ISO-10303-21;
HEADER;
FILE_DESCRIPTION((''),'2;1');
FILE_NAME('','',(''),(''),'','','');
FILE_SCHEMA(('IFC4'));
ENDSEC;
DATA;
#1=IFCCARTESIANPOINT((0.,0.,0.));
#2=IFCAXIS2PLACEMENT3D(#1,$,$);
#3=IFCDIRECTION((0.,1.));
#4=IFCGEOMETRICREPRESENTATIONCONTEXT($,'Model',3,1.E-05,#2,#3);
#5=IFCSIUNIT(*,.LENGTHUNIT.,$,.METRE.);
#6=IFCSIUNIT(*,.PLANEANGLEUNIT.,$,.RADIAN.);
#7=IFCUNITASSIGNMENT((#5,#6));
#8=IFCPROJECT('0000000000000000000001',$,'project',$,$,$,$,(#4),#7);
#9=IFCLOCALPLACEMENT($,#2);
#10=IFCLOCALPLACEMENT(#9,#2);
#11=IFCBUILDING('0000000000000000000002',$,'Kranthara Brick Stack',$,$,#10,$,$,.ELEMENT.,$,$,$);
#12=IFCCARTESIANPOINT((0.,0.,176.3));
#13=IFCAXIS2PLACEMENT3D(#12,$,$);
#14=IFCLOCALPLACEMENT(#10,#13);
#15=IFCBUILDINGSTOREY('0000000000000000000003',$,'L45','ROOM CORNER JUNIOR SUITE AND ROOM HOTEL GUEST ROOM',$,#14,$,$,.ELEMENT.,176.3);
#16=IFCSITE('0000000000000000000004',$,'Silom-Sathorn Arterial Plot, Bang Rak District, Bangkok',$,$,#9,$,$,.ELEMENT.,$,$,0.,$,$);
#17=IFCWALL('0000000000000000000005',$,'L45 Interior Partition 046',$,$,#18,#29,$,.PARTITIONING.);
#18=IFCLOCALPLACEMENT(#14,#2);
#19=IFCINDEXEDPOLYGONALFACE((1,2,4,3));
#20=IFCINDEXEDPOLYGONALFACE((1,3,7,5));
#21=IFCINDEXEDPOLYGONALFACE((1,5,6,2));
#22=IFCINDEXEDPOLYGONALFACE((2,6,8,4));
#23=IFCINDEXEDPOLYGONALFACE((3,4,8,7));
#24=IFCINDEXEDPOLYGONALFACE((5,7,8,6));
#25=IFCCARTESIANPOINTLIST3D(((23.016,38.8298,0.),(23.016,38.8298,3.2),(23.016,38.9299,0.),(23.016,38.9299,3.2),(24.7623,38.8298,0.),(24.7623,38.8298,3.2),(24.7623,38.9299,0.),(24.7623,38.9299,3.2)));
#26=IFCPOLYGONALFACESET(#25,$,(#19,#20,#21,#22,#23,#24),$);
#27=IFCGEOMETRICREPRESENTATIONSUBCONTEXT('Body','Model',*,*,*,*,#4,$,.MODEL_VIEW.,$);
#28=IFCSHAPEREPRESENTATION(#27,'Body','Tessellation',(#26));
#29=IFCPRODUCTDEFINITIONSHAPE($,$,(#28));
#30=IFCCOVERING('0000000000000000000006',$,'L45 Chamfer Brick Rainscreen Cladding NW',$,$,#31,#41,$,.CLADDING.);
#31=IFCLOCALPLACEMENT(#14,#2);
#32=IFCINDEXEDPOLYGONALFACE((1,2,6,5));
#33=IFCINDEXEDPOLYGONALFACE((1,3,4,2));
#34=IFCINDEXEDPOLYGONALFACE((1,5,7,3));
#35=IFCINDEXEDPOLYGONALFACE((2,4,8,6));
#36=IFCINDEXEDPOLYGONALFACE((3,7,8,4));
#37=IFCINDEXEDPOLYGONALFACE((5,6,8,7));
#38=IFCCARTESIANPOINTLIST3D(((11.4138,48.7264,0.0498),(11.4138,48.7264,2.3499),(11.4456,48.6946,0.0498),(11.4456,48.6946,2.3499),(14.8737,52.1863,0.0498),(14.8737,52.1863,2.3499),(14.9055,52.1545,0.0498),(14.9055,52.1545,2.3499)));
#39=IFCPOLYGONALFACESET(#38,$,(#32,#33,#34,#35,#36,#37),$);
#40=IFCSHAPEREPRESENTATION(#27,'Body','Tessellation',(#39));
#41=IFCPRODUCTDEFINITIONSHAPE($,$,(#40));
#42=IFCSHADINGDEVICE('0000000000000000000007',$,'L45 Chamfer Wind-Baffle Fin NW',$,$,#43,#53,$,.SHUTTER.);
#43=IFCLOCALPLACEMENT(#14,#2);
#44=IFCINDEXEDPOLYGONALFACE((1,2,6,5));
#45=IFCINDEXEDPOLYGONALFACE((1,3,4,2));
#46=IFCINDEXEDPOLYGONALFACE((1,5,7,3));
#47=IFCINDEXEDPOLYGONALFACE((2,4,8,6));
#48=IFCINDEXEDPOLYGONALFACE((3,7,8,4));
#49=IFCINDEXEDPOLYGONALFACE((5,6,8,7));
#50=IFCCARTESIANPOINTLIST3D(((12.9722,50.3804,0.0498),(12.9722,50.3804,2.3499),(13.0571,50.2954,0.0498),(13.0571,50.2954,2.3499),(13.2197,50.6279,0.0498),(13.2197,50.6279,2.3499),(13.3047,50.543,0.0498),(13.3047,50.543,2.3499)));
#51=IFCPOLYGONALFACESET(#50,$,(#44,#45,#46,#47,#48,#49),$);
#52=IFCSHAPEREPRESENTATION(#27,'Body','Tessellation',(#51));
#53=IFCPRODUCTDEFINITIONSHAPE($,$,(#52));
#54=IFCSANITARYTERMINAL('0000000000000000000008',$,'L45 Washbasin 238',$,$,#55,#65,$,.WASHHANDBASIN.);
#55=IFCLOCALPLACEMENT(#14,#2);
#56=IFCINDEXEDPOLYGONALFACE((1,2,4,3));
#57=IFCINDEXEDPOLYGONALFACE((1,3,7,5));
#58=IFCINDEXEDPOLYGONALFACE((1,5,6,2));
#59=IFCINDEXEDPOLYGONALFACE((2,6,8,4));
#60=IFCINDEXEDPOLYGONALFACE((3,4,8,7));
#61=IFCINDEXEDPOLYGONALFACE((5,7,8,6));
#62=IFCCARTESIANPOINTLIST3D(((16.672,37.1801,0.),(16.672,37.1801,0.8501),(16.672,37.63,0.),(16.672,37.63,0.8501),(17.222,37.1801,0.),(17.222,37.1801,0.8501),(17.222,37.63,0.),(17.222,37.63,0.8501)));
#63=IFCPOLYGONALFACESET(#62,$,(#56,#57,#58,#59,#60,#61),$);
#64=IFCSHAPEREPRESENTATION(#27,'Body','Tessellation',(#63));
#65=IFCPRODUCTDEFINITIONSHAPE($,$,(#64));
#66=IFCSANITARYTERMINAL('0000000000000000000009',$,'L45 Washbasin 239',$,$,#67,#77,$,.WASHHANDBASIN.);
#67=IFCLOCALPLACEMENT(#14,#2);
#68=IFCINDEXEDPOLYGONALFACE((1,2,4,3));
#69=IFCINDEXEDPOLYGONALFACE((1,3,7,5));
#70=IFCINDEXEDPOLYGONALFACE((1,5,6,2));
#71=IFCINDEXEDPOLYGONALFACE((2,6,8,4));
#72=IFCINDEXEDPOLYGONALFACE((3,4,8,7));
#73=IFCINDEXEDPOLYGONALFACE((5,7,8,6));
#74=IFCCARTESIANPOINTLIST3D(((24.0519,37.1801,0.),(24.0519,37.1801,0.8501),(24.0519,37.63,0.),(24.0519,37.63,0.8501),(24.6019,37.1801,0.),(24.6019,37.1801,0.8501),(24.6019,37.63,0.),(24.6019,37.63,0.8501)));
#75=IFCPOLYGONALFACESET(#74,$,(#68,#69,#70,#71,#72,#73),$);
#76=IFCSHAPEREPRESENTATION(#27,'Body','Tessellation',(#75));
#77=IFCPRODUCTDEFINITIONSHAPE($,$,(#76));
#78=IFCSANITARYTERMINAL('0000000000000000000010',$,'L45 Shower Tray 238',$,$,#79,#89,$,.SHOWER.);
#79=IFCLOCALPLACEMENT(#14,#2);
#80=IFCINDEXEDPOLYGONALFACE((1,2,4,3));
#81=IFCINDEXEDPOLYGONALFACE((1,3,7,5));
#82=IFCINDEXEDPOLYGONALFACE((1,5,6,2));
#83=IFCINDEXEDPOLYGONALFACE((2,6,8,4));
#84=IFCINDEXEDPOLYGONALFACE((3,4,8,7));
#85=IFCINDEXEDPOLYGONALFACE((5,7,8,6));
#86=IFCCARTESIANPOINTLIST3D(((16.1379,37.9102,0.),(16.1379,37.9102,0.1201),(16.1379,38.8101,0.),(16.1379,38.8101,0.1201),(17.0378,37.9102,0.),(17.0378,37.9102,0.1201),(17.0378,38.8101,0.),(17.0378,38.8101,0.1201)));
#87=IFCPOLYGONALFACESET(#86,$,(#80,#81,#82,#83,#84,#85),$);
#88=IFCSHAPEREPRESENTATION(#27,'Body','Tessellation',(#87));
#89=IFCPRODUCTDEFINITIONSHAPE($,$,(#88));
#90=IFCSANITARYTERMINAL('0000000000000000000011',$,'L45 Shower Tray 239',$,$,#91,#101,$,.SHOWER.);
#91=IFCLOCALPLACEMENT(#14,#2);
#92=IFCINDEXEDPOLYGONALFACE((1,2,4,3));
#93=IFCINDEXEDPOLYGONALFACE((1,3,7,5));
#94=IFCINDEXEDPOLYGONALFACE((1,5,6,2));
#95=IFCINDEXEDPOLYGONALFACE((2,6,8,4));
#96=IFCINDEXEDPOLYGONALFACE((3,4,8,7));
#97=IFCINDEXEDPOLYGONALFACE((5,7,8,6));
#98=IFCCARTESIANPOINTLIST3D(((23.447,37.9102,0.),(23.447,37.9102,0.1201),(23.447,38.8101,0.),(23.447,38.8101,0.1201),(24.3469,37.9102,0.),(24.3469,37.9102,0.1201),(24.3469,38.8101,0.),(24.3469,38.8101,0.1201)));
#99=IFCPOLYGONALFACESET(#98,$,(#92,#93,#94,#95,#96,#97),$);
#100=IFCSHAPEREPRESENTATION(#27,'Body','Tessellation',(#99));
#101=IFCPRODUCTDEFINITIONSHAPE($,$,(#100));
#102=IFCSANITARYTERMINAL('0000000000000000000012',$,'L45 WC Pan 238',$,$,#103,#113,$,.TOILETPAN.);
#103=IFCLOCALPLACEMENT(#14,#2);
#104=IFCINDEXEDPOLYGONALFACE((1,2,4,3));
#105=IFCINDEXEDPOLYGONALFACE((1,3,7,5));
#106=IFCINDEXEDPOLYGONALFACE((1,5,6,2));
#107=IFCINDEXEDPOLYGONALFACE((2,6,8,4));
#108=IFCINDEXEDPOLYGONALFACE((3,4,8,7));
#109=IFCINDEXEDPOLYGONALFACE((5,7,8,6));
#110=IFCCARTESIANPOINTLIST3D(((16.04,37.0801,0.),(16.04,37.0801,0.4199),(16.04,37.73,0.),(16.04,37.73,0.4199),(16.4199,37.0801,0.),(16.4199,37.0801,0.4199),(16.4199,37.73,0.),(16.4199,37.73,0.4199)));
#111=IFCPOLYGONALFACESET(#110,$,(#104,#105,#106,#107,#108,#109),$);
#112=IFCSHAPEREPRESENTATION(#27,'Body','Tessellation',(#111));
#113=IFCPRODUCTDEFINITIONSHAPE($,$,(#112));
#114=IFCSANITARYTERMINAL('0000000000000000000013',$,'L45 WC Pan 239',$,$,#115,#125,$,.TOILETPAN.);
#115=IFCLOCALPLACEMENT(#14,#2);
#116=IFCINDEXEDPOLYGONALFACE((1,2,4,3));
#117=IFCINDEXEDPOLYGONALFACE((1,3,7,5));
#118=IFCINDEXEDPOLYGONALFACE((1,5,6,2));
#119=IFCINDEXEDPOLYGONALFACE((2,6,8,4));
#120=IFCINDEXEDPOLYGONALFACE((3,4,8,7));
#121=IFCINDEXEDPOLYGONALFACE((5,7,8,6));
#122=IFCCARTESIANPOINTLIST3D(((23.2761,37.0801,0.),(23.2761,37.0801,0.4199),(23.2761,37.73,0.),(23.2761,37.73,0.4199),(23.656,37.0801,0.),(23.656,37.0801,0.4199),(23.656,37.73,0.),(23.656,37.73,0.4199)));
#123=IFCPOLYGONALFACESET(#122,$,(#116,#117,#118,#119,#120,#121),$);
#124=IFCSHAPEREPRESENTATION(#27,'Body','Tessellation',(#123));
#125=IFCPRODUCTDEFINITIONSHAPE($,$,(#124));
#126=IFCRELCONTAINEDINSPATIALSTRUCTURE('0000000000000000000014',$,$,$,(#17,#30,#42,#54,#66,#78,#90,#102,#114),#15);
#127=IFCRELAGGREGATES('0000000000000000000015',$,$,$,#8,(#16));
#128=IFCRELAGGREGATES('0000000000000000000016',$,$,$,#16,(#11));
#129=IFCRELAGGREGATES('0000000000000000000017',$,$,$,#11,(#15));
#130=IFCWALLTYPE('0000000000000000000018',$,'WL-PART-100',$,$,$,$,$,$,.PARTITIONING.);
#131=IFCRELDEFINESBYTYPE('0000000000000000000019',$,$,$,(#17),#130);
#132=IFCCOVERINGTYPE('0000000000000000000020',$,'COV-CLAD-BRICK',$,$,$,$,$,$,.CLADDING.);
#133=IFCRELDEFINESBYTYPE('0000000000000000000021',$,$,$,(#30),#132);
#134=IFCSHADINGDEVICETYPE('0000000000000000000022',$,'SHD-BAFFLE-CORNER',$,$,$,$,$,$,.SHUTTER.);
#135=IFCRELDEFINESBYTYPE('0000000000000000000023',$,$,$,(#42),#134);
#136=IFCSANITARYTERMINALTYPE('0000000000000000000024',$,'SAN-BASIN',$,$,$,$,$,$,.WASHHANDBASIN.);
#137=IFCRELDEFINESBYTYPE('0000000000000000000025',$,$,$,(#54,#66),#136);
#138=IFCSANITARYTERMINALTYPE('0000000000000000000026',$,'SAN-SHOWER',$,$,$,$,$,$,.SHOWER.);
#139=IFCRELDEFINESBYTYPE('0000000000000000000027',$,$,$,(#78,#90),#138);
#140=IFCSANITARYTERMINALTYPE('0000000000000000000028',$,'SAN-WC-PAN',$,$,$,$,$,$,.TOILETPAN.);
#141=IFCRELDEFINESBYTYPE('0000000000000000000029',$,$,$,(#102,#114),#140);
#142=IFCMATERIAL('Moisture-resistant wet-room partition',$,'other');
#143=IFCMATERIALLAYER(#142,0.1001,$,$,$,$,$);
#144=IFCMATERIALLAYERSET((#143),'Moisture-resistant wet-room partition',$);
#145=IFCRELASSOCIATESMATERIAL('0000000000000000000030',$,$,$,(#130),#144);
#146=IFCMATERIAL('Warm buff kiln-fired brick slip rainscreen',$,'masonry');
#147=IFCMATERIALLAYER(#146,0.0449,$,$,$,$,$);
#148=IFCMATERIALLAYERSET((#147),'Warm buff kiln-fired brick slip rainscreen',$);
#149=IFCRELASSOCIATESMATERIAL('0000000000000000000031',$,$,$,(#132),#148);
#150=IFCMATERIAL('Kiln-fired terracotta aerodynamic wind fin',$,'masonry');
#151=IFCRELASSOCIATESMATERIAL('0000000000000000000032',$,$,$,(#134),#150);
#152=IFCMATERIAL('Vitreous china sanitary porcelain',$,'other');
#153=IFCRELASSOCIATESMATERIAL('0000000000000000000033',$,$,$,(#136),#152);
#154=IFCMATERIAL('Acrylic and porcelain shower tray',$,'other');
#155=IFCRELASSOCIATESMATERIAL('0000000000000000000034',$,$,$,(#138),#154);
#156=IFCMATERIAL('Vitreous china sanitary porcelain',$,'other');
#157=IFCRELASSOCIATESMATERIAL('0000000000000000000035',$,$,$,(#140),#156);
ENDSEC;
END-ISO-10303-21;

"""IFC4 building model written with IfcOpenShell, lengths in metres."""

from ifc_helpers import new_model, si_unit, direction, frame, frame_2d, origin, origin_2d, place, context, subcontext, project, spatial, rectangle, extrude, material, layer, layer_set, type_object, element, save


model = new_model("IFC4")

# Units and contexts
model_context = context("Model", 3, precision=1e-05, world=origin(), true_north=direction((0.0, 1.0)))
body_context = subcontext(model_context, "Body", "Model", "MODEL_VIEW")
ifc_project = project(units=[si_unit("LENGTHUNIT", "METRE"), si_unit("PLANEANGLEUNIT", "RADIAN")], contexts=[model_context])

# Site, building, storey
site_placement = place(None, origin())
site = spatial("IfcSite", under=ifc_project, at=site_placement, Name="Silom-Sathorn Arterial Plot, Bang Rak District, Bangkok", CompositionType="ELEMENT", RefElevation=0.0)
building_placement = place(site_placement, origin())
building = spatial("IfcBuilding", under=site, at=building_placement, Name="Kranthara Brick Stack", CompositionType="ELEMENT")
storey_placement = place(building_placement, frame((0.0, 0.0, 176.3)))
storey = spatial("IfcBuildingStorey", under=building, at=storey_placement, Name="L45", Description="ROOM CORNER JUNIOR SUITE AND ROOM HOTEL GUEST ROOM", CompositionType="ELEMENT", Elevation=176.3)

# Wall
ifc_material_1 = material(Name="Moisture-resistant wet-room partition", Category="other")
ifc_layer_1 = layer(ifc_material_1, 0.1001)
ifc_layer_set_1 = layer_set([ifc_layer_1], Name="Moisture-resistant wet-room partition")
wall_type_1 = type_object("IfcWallType", Name="WL-PART-100", PredefinedType="PARTITIONING", material=ifc_layer_set_1)
wall_1_placement = place(storey_placement, frame((23.0161, 38.8799, 0.0), z_axis=(0.0, 0.0, 1.0), x_axis=(1.0, 0.0, 0.0)))
element("IfcWall", 1, at=wall_1_placement, inside=storey, type_object=wall_type_1, Name="L45 Interior Partition 046", PredefinedType="PARTITIONING", context=body_context, shape_type="SweptSolid", body=[
    extrude(rectangle(XDim=1.7463, YDim=0.1001, at=frame_2d((0.873, 0.0))), origin(), (0.0, 0.0, 1.0), 3.2),
])

# Covering
ifc_material_2 = material(Name="Warm buff kiln-fired brick slip rainscreen", Category="masonry")
ifc_layer_2 = layer(ifc_material_2, 0.0449)
ifc_layer_set_2 = layer_set([ifc_layer_2], Name="Warm buff kiln-fired brick slip rainscreen")
covering_type = type_object("IfcCoveringType", Name="COV-CLAD-BRICK", PredefinedType="CLADDING", material=ifc_layer_set_2)
covering_placement = place(storey_placement, frame((13.1597, 50.4404, 0.0498), z_axis=(0.0, 0.0, 1.0), x_axis=(0.707107, 0.707107, 0.0)))
element("IfcCovering", 2, at=covering_placement, inside=storey, type_object=covering_type, Name="L45 Chamfer Brick Rainscreen Cladding NW", PredefinedType="CLADDING", context=body_context, shape_type="SweptSolid", body=[
    extrude(rectangle(XDim=4.8931, YDim=0.0449, at=origin_2d()), origin(), (0.0, 0.0, 1.0), 2.3),
])

# Shading device
ifc_material_3 = material(Name="Kiln-fired terracotta aerodynamic wind fin", Category="masonry")
shading_device_type = type_object("IfcShadingDeviceType", Name="SHD-BAFFLE-CORNER", PredefinedType="SHUTTER", material=ifc_material_3)
shading_device_placement = place(storey_placement, frame((13.1384, 50.4617, 0.0498), z_axis=(0.0, 0.0, 1.0), x_axis=(0.707107, 0.707107, 0.0)))
element("IfcShadingDevice", 3, at=shading_device_placement, inside=storey, type_object=shading_device_type, Name="L45 Chamfer Wind-Baffle Fin NW", PredefinedType="SHUTTER", context=body_context, shape_type="SweptSolid", body=[
    extrude(rectangle(XDim=0.3501, YDim=0.1201, at=origin_2d()), origin(), (0.0, 0.0, 1.0), 2.3),
])

# Sanitary terminals
ifc_material_4 = material(Name="Vitreous china sanitary porcelain", Category="other")
sanitary_terminal_type_1 = type_object("IfcSanitaryTerminalType", Name="SAN-BASIN", PredefinedType="WASHHANDBASIN", material=ifc_material_4)
for number, where, z_axis, x_axis, name in (
    (4, (16.947, 37.405, 0.0), (0.0, 0.0, 1.0), (1.0, 0.0, 0.0), "L45 Washbasin 238"),
    (5, (24.3269, 37.405, 0.0), (0.0, 0.0, 1.0), (1.0, 0.0, 0.0), "L45 Washbasin 239"),
):
    element("IfcSanitaryTerminal", number, at=place(storey_placement, frame(where, z_axis=z_axis, x_axis=x_axis)), inside=storey, type_object=sanitary_terminal_type_1, Name=name, PredefinedType="WASHHANDBASIN", context=body_context, shape_type="SweptSolid", body=[
        extrude(rectangle(XDim=0.55, YDim=0.45, at=origin_2d()), origin(), (0.0, 0.0, 1.0), 0.8501),
    ])
ifc_material_5 = material(Name="Acrylic and porcelain shower tray", Category="other")
sanitary_terminal_type_2 = type_object("IfcSanitaryTerminalType", Name="SAN-SHOWER", PredefinedType="SHOWER", material=ifc_material_5)
for number, where, z_axis, x_axis, name in (
    (6, (16.5879, 38.3601, 0.0), (0.0, 0.0, 1.0), (1.0, 0.0, 0.0), "L45 Shower Tray 238"),
    (7, (23.897, 38.3601, 0.0), (0.0, 0.0, 1.0), (1.0, 0.0, 0.0), "L45 Shower Tray 239"),
):
    element("IfcSanitaryTerminal", number, at=place(storey_placement, frame(where, z_axis=z_axis, x_axis=x_axis)), inside=storey, type_object=sanitary_terminal_type_2, Name=name, PredefinedType="SHOWER", context=body_context, shape_type="SweptSolid", body=[
        extrude(rectangle(XDim=0.8999, YDim=0.8999, at=origin_2d()), origin(), (0.0, 0.0, 1.0), 0.1201),
    ])
ifc_material_6 = material(Name="Vitreous china sanitary porcelain", Category="other")
sanitary_terminal_type_3 = type_object("IfcSanitaryTerminalType", Name="SAN-WC-PAN", PredefinedType="TOILETPAN", material=ifc_material_6)
for number, where, z_axis, x_axis, name in (
    (8, (16.23, 37.405, 0.0), (0.0, 0.0, 1.0), (1.0, 0.0, 0.0), "L45 WC Pan 238"),
    (9, (23.4661, 37.405, 0.0), (0.0, 0.0, 1.0), (1.0, 0.0, 0.0), "L45 WC Pan 239"),
):
    element("IfcSanitaryTerminal", number, at=place(storey_placement, frame(where, z_axis=z_axis, x_axis=x_axis)), inside=storey, type_object=sanitary_terminal_type_3, Name=name, PredefinedType="TOILETPAN", context=body_context, shape_type="SweptSolid", body=[
        extrude(rectangle(XDim=0.3799, YDim=0.6499, at=origin_2d()), origin(), (0.0, 0.0, 1.0), 0.4199),
    ])

save(model, "model.ifc")
